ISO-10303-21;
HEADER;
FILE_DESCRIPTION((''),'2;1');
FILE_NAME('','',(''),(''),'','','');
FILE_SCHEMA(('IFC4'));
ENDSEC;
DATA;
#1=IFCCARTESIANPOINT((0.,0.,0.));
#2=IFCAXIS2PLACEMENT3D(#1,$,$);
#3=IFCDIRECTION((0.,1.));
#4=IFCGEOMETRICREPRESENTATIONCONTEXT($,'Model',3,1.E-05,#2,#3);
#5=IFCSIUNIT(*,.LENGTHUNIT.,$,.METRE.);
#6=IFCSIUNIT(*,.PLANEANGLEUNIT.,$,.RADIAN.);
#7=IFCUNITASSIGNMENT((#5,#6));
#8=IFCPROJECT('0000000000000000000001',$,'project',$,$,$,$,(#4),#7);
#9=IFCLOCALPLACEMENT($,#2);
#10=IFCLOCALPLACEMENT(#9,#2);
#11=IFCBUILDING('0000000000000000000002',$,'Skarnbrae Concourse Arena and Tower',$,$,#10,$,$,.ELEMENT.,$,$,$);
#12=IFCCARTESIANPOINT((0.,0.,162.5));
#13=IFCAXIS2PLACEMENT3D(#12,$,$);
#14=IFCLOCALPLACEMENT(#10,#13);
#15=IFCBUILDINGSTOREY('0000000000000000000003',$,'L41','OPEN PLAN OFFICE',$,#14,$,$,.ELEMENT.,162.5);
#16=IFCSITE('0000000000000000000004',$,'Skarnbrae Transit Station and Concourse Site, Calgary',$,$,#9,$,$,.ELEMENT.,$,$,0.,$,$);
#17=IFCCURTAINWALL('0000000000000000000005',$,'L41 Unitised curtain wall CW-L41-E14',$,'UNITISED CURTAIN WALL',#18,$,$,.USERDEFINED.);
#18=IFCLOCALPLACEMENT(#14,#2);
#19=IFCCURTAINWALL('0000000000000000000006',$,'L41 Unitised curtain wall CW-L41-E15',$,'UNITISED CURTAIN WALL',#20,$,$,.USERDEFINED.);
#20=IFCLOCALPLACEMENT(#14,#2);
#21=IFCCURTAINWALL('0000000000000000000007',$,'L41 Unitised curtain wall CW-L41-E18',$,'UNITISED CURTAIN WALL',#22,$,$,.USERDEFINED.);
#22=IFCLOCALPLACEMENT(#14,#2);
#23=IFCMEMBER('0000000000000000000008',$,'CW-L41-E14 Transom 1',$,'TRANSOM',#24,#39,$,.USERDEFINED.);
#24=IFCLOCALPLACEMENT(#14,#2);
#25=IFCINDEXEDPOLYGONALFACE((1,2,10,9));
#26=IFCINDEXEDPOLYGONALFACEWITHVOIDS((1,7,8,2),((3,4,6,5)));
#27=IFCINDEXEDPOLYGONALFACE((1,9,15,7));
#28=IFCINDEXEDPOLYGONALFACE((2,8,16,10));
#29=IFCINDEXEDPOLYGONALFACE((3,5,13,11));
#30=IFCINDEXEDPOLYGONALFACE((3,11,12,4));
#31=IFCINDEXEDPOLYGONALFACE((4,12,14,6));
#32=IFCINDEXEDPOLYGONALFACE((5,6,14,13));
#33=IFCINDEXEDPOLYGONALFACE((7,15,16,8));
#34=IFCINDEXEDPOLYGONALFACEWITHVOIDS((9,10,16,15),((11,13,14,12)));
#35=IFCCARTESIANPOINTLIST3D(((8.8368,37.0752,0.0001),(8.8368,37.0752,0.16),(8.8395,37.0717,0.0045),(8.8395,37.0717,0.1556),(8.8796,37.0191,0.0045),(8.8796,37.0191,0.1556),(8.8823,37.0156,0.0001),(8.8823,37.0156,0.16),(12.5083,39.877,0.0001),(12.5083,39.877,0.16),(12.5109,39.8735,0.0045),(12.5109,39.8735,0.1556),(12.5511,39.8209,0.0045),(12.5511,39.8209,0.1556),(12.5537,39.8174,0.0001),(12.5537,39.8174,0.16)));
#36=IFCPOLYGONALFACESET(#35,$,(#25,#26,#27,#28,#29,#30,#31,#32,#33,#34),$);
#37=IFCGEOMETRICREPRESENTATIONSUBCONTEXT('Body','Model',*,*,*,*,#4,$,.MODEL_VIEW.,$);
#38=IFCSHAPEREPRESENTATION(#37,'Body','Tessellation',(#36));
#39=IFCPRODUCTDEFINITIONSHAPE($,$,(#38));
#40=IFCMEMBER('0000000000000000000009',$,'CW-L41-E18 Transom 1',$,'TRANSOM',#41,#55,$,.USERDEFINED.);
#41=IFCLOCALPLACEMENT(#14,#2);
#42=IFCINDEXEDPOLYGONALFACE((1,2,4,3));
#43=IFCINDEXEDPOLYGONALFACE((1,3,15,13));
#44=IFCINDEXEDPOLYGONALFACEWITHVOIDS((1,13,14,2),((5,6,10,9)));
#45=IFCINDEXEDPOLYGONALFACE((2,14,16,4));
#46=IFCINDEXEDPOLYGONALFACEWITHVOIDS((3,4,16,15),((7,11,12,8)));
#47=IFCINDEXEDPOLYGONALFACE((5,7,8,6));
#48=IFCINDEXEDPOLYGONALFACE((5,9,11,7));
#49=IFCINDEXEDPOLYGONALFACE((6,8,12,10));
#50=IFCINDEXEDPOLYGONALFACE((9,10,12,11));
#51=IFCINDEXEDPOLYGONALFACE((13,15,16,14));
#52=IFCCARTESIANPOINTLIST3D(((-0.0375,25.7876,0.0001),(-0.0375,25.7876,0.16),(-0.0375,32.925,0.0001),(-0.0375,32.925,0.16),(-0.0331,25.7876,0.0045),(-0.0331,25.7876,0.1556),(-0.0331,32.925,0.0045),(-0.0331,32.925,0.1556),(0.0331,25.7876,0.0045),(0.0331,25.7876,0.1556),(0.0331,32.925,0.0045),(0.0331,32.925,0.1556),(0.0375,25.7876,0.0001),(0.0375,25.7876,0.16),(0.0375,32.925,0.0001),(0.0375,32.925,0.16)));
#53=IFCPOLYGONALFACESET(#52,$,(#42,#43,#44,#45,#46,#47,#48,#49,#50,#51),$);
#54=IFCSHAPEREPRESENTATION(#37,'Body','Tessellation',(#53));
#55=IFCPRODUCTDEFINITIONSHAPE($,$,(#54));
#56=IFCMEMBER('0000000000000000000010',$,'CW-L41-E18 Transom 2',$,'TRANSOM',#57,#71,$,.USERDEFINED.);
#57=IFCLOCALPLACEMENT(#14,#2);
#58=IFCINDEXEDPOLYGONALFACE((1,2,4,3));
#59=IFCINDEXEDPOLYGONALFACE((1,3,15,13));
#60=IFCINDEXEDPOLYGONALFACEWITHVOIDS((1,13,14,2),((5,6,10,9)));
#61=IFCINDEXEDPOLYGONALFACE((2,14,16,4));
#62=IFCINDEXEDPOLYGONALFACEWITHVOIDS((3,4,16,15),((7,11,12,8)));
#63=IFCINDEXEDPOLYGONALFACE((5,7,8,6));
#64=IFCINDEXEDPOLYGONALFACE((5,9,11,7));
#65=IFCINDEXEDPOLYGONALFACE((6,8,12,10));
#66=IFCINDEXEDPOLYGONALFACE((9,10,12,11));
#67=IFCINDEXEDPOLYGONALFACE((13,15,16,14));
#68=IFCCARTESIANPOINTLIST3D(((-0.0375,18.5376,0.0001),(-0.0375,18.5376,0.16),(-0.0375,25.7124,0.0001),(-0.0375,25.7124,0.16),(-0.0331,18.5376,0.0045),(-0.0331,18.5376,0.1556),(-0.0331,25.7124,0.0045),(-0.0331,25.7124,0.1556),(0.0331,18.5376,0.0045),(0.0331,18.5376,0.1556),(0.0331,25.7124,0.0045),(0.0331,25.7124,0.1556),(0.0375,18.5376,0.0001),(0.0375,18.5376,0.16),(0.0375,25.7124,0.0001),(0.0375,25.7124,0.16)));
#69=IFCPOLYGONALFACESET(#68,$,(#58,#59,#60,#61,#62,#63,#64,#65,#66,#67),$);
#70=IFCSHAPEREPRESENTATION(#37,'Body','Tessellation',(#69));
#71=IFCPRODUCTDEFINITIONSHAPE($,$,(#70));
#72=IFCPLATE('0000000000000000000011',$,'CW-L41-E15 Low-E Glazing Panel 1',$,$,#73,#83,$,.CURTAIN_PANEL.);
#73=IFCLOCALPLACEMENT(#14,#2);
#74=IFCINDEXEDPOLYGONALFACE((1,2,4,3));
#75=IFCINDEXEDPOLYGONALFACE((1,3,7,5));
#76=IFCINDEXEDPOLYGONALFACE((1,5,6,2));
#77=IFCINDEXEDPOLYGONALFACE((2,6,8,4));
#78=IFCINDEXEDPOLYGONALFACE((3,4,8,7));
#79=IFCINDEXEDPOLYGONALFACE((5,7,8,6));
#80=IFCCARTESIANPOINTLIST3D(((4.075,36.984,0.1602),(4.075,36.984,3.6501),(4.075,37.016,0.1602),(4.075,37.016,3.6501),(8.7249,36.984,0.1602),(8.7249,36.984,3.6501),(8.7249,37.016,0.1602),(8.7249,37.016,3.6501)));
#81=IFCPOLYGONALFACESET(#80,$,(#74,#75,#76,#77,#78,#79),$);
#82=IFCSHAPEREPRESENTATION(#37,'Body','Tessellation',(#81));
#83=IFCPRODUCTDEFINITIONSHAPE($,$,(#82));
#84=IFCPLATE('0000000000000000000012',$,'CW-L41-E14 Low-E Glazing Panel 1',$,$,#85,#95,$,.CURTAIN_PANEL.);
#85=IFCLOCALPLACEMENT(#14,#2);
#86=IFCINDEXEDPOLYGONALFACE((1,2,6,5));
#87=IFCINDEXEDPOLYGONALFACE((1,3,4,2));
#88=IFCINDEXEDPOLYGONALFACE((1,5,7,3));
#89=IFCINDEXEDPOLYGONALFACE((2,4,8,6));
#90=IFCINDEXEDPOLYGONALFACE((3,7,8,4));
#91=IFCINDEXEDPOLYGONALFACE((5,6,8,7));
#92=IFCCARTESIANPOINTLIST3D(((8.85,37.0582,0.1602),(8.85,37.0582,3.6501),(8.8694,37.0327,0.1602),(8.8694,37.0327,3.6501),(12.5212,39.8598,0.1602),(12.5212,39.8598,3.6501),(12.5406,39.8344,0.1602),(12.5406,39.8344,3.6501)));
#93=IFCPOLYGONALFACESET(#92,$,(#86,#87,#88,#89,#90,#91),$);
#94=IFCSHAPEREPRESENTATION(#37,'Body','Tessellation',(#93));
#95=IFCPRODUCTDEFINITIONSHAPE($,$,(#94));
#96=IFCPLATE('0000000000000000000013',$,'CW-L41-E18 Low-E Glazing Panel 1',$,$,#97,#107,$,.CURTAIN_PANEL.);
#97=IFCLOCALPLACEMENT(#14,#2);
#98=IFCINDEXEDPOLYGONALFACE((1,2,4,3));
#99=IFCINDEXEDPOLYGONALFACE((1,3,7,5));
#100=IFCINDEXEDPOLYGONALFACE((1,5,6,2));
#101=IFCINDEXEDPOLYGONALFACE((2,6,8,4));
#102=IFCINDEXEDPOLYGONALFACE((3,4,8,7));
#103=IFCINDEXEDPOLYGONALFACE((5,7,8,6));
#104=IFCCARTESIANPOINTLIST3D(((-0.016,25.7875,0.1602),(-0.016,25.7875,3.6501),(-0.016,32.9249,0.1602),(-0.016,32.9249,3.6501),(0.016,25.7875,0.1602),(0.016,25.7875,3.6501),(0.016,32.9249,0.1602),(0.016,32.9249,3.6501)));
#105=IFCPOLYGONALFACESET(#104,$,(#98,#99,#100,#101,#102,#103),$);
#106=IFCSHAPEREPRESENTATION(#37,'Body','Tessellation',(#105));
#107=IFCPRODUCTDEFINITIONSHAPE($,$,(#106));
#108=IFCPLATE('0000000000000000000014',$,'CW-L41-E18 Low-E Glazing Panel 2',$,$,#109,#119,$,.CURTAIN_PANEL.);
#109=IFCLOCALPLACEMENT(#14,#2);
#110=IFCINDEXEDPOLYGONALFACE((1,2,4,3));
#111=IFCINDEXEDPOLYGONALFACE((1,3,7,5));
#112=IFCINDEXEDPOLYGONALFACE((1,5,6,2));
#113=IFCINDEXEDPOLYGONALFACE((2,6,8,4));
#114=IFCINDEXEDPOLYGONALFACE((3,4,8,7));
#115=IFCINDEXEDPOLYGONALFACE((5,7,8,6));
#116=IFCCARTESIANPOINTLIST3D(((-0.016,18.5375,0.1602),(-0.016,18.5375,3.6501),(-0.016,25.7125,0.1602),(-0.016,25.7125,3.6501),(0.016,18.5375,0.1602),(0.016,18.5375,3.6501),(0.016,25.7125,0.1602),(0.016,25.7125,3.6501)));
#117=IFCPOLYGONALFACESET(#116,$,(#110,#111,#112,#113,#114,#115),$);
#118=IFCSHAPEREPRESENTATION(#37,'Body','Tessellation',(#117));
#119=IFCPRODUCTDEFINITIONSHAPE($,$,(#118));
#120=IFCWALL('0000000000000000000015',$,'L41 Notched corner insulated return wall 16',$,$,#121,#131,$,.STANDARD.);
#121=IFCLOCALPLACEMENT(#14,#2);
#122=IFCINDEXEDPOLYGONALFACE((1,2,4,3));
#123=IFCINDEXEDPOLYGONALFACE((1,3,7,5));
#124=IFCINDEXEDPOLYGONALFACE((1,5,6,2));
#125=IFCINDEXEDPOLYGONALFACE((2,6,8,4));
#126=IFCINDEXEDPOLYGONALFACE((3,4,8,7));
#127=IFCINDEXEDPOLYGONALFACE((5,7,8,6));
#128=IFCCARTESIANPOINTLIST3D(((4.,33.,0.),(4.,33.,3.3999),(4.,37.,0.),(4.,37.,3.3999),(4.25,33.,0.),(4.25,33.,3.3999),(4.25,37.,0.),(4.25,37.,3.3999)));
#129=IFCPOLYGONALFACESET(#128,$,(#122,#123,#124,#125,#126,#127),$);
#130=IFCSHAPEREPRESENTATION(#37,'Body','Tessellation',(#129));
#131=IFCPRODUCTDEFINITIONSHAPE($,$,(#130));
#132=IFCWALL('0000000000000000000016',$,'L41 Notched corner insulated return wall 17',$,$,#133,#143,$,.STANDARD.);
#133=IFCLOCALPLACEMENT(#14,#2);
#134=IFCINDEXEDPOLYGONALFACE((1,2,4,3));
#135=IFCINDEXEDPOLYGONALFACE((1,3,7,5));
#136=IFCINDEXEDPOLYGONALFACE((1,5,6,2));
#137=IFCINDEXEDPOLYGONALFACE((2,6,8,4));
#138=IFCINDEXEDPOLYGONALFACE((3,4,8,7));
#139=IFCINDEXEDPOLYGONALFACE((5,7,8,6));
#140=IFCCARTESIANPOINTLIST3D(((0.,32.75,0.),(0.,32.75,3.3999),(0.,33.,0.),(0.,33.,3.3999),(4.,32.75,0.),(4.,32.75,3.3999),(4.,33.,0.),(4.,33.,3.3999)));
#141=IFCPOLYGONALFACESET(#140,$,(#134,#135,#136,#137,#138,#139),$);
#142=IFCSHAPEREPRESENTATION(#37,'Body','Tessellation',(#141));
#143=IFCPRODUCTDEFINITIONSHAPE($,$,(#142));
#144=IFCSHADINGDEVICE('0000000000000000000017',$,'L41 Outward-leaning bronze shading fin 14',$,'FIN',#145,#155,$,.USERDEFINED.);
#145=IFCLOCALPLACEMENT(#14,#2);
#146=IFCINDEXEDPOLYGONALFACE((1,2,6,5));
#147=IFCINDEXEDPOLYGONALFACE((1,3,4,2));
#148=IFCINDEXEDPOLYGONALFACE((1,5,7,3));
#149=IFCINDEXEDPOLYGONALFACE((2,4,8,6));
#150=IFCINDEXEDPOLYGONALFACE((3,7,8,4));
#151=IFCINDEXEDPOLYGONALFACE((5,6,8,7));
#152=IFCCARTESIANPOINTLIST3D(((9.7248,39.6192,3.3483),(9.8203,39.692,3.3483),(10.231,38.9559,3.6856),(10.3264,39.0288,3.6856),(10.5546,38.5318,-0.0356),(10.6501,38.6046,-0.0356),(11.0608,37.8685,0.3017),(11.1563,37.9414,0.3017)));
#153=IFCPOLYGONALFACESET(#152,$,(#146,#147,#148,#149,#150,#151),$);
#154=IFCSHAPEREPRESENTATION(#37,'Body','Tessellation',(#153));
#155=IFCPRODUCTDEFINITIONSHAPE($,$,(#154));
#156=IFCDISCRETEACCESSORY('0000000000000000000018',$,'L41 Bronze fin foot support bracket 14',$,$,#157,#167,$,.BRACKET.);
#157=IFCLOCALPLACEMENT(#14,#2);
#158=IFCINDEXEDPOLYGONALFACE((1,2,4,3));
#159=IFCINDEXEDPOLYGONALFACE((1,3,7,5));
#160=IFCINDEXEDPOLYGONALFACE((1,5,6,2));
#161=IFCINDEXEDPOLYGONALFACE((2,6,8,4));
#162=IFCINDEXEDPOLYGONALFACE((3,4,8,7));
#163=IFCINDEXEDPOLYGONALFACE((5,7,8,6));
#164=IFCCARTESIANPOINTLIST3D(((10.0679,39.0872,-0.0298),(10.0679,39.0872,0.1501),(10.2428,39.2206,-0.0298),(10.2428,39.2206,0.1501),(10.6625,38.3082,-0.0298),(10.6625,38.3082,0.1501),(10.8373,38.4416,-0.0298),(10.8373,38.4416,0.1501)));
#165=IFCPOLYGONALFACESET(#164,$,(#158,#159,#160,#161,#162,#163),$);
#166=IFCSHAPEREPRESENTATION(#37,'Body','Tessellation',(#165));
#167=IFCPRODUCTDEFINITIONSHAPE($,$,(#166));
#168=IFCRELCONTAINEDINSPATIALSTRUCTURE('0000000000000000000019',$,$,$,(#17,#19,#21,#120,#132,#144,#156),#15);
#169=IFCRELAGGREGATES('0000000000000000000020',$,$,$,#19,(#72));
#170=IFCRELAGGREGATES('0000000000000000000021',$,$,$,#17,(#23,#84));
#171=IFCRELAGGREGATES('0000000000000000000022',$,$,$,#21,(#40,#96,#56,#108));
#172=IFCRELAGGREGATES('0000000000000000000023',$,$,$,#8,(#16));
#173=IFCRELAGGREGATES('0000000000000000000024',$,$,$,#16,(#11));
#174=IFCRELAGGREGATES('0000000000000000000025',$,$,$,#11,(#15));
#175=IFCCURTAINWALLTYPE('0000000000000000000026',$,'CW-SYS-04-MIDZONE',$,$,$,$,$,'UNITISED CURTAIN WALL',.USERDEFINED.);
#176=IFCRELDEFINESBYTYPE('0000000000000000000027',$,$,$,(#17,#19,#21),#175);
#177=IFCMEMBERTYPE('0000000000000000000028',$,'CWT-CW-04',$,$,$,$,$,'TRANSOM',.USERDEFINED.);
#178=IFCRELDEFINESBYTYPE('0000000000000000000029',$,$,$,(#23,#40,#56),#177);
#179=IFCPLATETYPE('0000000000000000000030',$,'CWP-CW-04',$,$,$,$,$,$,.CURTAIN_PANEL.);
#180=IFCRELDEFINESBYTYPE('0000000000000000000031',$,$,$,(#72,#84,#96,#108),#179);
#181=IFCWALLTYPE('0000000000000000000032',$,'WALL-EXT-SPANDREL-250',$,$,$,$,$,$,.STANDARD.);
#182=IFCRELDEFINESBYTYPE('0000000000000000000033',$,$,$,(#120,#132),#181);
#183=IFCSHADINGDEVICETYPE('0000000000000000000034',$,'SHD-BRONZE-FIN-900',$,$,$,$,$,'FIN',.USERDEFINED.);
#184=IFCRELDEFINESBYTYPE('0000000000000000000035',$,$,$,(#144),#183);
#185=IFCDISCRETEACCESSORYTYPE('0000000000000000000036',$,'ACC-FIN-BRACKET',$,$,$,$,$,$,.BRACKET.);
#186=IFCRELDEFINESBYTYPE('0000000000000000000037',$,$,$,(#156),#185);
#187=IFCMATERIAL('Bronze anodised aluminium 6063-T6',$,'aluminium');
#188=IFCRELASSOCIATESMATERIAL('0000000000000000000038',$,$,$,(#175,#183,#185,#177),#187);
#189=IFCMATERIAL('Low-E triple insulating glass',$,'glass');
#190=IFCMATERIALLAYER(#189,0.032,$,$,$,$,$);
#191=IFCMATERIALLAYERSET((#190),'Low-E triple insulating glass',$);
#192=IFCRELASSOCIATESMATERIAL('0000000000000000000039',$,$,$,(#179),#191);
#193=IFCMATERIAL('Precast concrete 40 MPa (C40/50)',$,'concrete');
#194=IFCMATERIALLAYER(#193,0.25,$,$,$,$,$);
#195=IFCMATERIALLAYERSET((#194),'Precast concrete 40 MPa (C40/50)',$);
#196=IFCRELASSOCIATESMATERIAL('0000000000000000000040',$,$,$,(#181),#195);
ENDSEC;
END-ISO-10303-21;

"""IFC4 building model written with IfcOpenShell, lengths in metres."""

from ifc_helpers import new_model, si_unit, direction, frame, frame_2d, origin, origin_2d, place, context, subcontext, project, spatial, rectangle, hollow_rectangle, extrude, source, transform, mapped, material, layer, layer_set, material_profile, profile_set, type_object, element, aggregate, save


model = new_model("IFC4")

# Units and contexts
model_context = context("Model", 3, precision=1e-05, world=origin(), true_north=direction((0.0, 1.0)))
body_context = subcontext(model_context, "Body", "Model", "MODEL_VIEW")
ifc_project = project(units=[si_unit("LENGTHUNIT", "METRE"), si_unit("PLANEANGLEUNIT", "RADIAN")], contexts=[model_context])

# Site, building, storey
site_placement = place(None, origin())
site = spatial("IfcSite", under=ifc_project, at=site_placement, Name="Skarnbrae Transit Station and Concourse Site, Calgary", CompositionType="ELEMENT", RefElevation=0.0)
building_placement = place(site_placement, origin())
building = spatial("IfcBuilding", under=site, at=building_placement, Name="Skarnbrae Concourse Arena and Tower", CompositionType="ELEMENT")
storey_placement = place(building_placement, frame((0.0, 0.0, 162.5)))
storey = spatial("IfcBuildingStorey", under=building, at=storey_placement, Name="L41", Description="OPEN PLAN OFFICE", CompositionType="ELEMENT", Elevation=162.5)

# Shared definitions
ifc_material_1 = material(Name="Bronze anodised aluminium 6063-T6", Category="aluminium")

# Curtain walls
curtain_wall_type_1 = type_object("IfcCurtainWallType", Name="CW-SYS-04-MIDZONE", ElementType="UNITISED CURTAIN WALL", PredefinedType="USERDEFINED", material=ifc_material_1)
curtain_wall_1_placement = place(storey_placement, origin())
curtain_wall_1 = element("IfcCurtainWall", 1, at=curtain_wall_1_placement, inside=storey, type_object=curtain_wall_type_1, Name="L41 Unitised curtain wall CW-L41-E14", ObjectType="UNITISED CURTAIN WALL", PredefinedType="USERDEFINED")
curtain_wall_2_placement = place(storey_placement, origin())
curtain_wall_2 = element("IfcCurtainWall", 2, at=curtain_wall_2_placement, inside=storey, type_object=curtain_wall_type_1, Name="L41 Unitised curtain wall CW-L41-E15", ObjectType="UNITISED CURTAIN WALL", PredefinedType="USERDEFINED")
curtain_wall_3_placement = place(storey_placement, origin())
curtain_wall_3 = element("IfcCurtainWall", 3, at=curtain_wall_3_placement, inside=storey, type_object=curtain_wall_type_1, Name="L41 Unitised curtain wall CW-L41-E18", ObjectType="UNITISED CURTAIN WALL", PredefinedType="USERDEFINED")

# Members
ifc_material_profile_1 = material_profile(ifc_material_1, hollow_rectangle(XDim=0.075, YDim=0.1599, WallThickness=0.0044, at=origin_2d()), Name="ALU-TRAN-75X160")
ifc_profile_set_1 = profile_set([ifc_material_profile_1], Name="Bronze anodised aluminium 6063-T6")
member_type_1 = type_object("IfcMemberType", Name="CWT-CW-04", ElementType="TRANSOM", PredefinedType="USERDEFINED", material=ifc_profile_set_1)
shared_shape_1 = source(origin(), body_context, "Body", "SweptSolid", [
    extrude(hollow_rectangle(XDim=0.075, YDim=0.1599, WallThickness=0.0044, at=origin_2d()), origin(), (0.0, 0.0, 1.0), 4.6184),
])
member_1_placement = place(storey_placement, frame((12.531, 39.8472, 0.0801), z_axis=(-0.794961, -0.606661, 0.0), x_axis=(0.606661, -0.794961, 0.0)))
member_1 = element("IfcMember", 4, at=member_1_placement, type_object=member_type_1, Name="CW-L41-E14 Transom 1", ObjectType="TRANSOM", PredefinedType="USERDEFINED", context=body_context, shape_type="MappedRepresentation", body=[
    mapped(shared_shape_1, transform((0.0, 0.0, 0.0))),
])
shared_shape_2 = source(origin(), body_context, "Body", "SweptSolid", [
    extrude(hollow_rectangle(XDim=0.075, YDim=0.1599, WallThickness=0.0044, at=origin_2d()), origin(), (0.0, 0.0, 1.0), 7.1375),
])
member_2_placement = place(storey_placement, frame((0.0, 32.925, 0.0801), z_axis=(0.0, -1.0, 0.0), x_axis=(1.0, 0.0, 0.0)))
member_2 = element("IfcMember", 5, at=member_2_placement, type_object=member_type_1, Name="CW-L41-E18 Transom 1", ObjectType="TRANSOM", PredefinedType="USERDEFINED", context=body_context, shape_type="MappedRepresentation", body=[
    mapped(shared_shape_2, transform((0.0, 0.0, 0.0))),
])
shared_shape_3 = source(origin(), body_context, "Body", "SweptSolid", [
    extrude(hollow_rectangle(XDim=0.075, YDim=0.1599, WallThickness=0.0044, at=origin_2d()), origin(), (0.0, 0.0, 1.0), 7.1748),
])
member_3_placement = place(storey_placement, frame((0.0, 25.7124, 0.0801), z_axis=(0.0, -1.0, 0.0), x_axis=(1.0, 0.0, 0.0)))
member_3 = element("IfcMember", 6, at=member_3_placement, type_object=member_type_1, Name="CW-L41-E18 Transom 2", ObjectType="TRANSOM", PredefinedType="USERDEFINED", context=body_context, shape_type="MappedRepresentation", body=[
    mapped(shared_shape_3, transform((0.0, 0.0, 0.0))),
])

# Plates
ifc_material_2 = material(Name="Low-E triple insulating glass", Category="glass")
ifc_layer_1 = layer(ifc_material_2, 0.032)
ifc_layer_set_1 = layer_set([ifc_layer_1], Name="Low-E triple insulating glass")
plate_type = type_object("IfcPlateType", Name="CWP-CW-04", PredefinedType="CURTAIN_PANEL", material=ifc_layer_set_1)
shared_shape_4 = source(origin(), body_context, "Body", "SweptSolid", [
    extrude(rectangle(XDim=4.6499, YDim=0.032, at=origin_2d()), origin(), (0.0, 0.0, 1.0), 3.49),
])
plate_1_placement = place(storey_placement, frame((6.3999, 37.0, 0.1602), z_axis=(0.0, 0.0, 1.0), x_axis=(-1.0, 0.0, 0.0)))
plate_1 = element("IfcPlate", 7, at=plate_1_placement, type_object=plate_type, Name="CW-L41-E15 Low-E Glazing Panel 1", PredefinedType="CURTAIN_PANEL", context=body_context, shape_type="MappedRepresentation", body=[
    mapped(shared_shape_4, transform((0.0, 0.0, 0.0))),
])
aggregate(curtain_wall_2, [plate_1])
shared_shape_5 = source(origin(), body_context, "Body", "SweptSolid", [
    extrude(rectangle(XDim=4.6182, YDim=0.032, at=origin_2d()), origin(), (0.0, 0.0, 1.0), 3.49),
])
plate_2_placement = place(storey_placement, frame((10.6953, 38.4463, 0.1602), z_axis=(0.0, 0.0, 1.0), x_axis=(-0.794956, -0.606667, 0.0)))
plate_2 = element("IfcPlate", 8, at=plate_2_placement, type_object=plate_type, Name="CW-L41-E14 Low-E Glazing Panel 1", PredefinedType="CURTAIN_PANEL", context=body_context, shape_type="MappedRepresentation", body=[
    mapped(shared_shape_5, transform((0.0, 0.0, 0.0))),
])
aggregate(curtain_wall_1, [member_1, plate_2])
shared_shape_6 = source(origin(), body_context, "Body", "SweptSolid", [
    extrude(rectangle(XDim=7.1375, YDim=0.032, at=origin_2d()), origin(), (0.0, 0.0, 1.0), 3.49),
])
plate_3_placement = place(storey_placement, frame((0.0, 29.3562, 0.1602), z_axis=(0.0, 0.0, 1.0), x_axis=(0.0, -1.0, 0.0)))
plate_3 = element("IfcPlate", 9, at=plate_3_placement, type_object=plate_type, Name="CW-L41-E18 Low-E Glazing Panel 1", PredefinedType="CURTAIN_PANEL", context=body_context, shape_type="MappedRepresentation", body=[
    mapped(shared_shape_6, transform((0.0, 0.0, 0.0))),
])
shared_shape_7 = source(origin(), body_context, "Body", "SweptSolid", [
    extrude(rectangle(XDim=7.175, YDim=0.032, at=origin_2d()), origin(), (0.0, 0.0, 1.0), 3.49),
])
plate_4_placement = place(storey_placement, frame((0.0, 22.125, 0.1602), z_axis=(0.0, 0.0, 1.0), x_axis=(0.0, -1.0, 0.0)))
plate_4 = element("IfcPlate", 10, at=plate_4_placement, type_object=plate_type, Name="CW-L41-E18 Low-E Glazing Panel 2", PredefinedType="CURTAIN_PANEL", context=body_context, shape_type="MappedRepresentation", body=[
    mapped(shared_shape_7, transform((0.0, 0.0, 0.0))),
])
aggregate(curtain_wall_3, [member_2, plate_3, member_3, plate_4])

# Walls
ifc_material_3 = material(Name="Precast concrete 40 MPa (C40/50)", Category="concrete")
ifc_layer_2 = layer(ifc_material_3, 0.25)
ifc_layer_set_2 = layer_set([ifc_layer_2], Name="Precast concrete 40 MPa (C40/50)")
wall_type = type_object("IfcWallType", Name="WALL-EXT-SPANDREL-250", PredefinedType="STANDARD", material=ifc_layer_set_2)
shared_shape_8 = source(origin(), body_context, "Body", "SweptSolid", [
    extrude(rectangle(XDim=4.0, YDim=0.25, at=frame_2d((2.0, 0.0))), origin(), (0.0, 0.0, 1.0), 3.3999),
])
for number, where, z_axis, x_axis, name in (
    (11, (4.125, 37.0, 0.0), (0.0, 0.0, 1.0), (0.0, -1.0, 0.0), "L41 Notched corner insulated return wall 16"),
    (12, (4.0, 32.875, 0.0), (0.0, 0.0, 1.0), (-1.0, 0.0, 0.0), "L41 Notched corner insulated return wall 17"),
):
    element("IfcWall", number, at=place(storey_placement, frame(where, z_axis=z_axis, x_axis=x_axis)), inside=storey, type_object=wall_type, Name=name, PredefinedType="STANDARD", context=body_context, shape_type="MappedRepresentation", body=[
        mapped(shared_shape_8, transform((0.0, 0.0, 0.0))),
    ])

# Shading device
shading_device_type = type_object("IfcShadingDeviceType", Name="SHD-BRONZE-FIN-900", ElementType="FIN", PredefinedType="USERDEFINED", material=ifc_material_1)
shared_shape_9 = source(origin(), body_context, "Body", "SweptSolid", [
    extrude(rectangle(XDim=0.1201, YDim=0.8999, at=origin_2d()), origin(), (0.0, 0.0, 1.0), 3.6499),
])
shading_device_placement = place(storey_placement, frame((10.8555, 38.2366, 0.1331), z_axis=(-0.22736, 0.297924, 0.927118), x_axis=(0.794955, 0.606668, 0.0)))
element("IfcShadingDevice", 13, at=shading_device_placement, inside=storey, type_object=shading_device_type, Name="L41 Outward-leaning bronze shading fin 14", ObjectType="FIN", PredefinedType="USERDEFINED", context=body_context, shape_type="MappedRepresentation", body=[
    mapped(shared_shape_9, transform((0.0, 0.0, 0.0))),
])

# Discrete accessory
discrete_accessory_type = type_object("IfcDiscreteAccessoryType", Name="ACC-FIN-BRACKET", PredefinedType="BRACKET", material=ifc_material_1)
shared_shape_10 = source(origin(), body_context, "Body", "SweptSolid", [
    extrude(rectangle(XDim=0.22, YDim=0.98, at=origin_2d()), origin(), (0.0, 0.0, 1.0), 0.1799),
])
discrete_accessory_placement = place(storey_placement, frame((10.4526, 38.7644, -0.0298), z_axis=(0.0, 0.0, 1.0), x_axis=(0.794955, 0.606668, 0.0)))
element("IfcDiscreteAccessory", 14, at=discrete_accessory_placement, inside=storey, type_object=discrete_accessory_type, Name="L41 Bronze fin foot support bracket 14", PredefinedType="BRACKET", context=body_context, shape_type="MappedRepresentation", body=[
    mapped(shared_shape_10, transform((0.0, 0.0, 0.0))),
])

save(model, "model.ifc")
